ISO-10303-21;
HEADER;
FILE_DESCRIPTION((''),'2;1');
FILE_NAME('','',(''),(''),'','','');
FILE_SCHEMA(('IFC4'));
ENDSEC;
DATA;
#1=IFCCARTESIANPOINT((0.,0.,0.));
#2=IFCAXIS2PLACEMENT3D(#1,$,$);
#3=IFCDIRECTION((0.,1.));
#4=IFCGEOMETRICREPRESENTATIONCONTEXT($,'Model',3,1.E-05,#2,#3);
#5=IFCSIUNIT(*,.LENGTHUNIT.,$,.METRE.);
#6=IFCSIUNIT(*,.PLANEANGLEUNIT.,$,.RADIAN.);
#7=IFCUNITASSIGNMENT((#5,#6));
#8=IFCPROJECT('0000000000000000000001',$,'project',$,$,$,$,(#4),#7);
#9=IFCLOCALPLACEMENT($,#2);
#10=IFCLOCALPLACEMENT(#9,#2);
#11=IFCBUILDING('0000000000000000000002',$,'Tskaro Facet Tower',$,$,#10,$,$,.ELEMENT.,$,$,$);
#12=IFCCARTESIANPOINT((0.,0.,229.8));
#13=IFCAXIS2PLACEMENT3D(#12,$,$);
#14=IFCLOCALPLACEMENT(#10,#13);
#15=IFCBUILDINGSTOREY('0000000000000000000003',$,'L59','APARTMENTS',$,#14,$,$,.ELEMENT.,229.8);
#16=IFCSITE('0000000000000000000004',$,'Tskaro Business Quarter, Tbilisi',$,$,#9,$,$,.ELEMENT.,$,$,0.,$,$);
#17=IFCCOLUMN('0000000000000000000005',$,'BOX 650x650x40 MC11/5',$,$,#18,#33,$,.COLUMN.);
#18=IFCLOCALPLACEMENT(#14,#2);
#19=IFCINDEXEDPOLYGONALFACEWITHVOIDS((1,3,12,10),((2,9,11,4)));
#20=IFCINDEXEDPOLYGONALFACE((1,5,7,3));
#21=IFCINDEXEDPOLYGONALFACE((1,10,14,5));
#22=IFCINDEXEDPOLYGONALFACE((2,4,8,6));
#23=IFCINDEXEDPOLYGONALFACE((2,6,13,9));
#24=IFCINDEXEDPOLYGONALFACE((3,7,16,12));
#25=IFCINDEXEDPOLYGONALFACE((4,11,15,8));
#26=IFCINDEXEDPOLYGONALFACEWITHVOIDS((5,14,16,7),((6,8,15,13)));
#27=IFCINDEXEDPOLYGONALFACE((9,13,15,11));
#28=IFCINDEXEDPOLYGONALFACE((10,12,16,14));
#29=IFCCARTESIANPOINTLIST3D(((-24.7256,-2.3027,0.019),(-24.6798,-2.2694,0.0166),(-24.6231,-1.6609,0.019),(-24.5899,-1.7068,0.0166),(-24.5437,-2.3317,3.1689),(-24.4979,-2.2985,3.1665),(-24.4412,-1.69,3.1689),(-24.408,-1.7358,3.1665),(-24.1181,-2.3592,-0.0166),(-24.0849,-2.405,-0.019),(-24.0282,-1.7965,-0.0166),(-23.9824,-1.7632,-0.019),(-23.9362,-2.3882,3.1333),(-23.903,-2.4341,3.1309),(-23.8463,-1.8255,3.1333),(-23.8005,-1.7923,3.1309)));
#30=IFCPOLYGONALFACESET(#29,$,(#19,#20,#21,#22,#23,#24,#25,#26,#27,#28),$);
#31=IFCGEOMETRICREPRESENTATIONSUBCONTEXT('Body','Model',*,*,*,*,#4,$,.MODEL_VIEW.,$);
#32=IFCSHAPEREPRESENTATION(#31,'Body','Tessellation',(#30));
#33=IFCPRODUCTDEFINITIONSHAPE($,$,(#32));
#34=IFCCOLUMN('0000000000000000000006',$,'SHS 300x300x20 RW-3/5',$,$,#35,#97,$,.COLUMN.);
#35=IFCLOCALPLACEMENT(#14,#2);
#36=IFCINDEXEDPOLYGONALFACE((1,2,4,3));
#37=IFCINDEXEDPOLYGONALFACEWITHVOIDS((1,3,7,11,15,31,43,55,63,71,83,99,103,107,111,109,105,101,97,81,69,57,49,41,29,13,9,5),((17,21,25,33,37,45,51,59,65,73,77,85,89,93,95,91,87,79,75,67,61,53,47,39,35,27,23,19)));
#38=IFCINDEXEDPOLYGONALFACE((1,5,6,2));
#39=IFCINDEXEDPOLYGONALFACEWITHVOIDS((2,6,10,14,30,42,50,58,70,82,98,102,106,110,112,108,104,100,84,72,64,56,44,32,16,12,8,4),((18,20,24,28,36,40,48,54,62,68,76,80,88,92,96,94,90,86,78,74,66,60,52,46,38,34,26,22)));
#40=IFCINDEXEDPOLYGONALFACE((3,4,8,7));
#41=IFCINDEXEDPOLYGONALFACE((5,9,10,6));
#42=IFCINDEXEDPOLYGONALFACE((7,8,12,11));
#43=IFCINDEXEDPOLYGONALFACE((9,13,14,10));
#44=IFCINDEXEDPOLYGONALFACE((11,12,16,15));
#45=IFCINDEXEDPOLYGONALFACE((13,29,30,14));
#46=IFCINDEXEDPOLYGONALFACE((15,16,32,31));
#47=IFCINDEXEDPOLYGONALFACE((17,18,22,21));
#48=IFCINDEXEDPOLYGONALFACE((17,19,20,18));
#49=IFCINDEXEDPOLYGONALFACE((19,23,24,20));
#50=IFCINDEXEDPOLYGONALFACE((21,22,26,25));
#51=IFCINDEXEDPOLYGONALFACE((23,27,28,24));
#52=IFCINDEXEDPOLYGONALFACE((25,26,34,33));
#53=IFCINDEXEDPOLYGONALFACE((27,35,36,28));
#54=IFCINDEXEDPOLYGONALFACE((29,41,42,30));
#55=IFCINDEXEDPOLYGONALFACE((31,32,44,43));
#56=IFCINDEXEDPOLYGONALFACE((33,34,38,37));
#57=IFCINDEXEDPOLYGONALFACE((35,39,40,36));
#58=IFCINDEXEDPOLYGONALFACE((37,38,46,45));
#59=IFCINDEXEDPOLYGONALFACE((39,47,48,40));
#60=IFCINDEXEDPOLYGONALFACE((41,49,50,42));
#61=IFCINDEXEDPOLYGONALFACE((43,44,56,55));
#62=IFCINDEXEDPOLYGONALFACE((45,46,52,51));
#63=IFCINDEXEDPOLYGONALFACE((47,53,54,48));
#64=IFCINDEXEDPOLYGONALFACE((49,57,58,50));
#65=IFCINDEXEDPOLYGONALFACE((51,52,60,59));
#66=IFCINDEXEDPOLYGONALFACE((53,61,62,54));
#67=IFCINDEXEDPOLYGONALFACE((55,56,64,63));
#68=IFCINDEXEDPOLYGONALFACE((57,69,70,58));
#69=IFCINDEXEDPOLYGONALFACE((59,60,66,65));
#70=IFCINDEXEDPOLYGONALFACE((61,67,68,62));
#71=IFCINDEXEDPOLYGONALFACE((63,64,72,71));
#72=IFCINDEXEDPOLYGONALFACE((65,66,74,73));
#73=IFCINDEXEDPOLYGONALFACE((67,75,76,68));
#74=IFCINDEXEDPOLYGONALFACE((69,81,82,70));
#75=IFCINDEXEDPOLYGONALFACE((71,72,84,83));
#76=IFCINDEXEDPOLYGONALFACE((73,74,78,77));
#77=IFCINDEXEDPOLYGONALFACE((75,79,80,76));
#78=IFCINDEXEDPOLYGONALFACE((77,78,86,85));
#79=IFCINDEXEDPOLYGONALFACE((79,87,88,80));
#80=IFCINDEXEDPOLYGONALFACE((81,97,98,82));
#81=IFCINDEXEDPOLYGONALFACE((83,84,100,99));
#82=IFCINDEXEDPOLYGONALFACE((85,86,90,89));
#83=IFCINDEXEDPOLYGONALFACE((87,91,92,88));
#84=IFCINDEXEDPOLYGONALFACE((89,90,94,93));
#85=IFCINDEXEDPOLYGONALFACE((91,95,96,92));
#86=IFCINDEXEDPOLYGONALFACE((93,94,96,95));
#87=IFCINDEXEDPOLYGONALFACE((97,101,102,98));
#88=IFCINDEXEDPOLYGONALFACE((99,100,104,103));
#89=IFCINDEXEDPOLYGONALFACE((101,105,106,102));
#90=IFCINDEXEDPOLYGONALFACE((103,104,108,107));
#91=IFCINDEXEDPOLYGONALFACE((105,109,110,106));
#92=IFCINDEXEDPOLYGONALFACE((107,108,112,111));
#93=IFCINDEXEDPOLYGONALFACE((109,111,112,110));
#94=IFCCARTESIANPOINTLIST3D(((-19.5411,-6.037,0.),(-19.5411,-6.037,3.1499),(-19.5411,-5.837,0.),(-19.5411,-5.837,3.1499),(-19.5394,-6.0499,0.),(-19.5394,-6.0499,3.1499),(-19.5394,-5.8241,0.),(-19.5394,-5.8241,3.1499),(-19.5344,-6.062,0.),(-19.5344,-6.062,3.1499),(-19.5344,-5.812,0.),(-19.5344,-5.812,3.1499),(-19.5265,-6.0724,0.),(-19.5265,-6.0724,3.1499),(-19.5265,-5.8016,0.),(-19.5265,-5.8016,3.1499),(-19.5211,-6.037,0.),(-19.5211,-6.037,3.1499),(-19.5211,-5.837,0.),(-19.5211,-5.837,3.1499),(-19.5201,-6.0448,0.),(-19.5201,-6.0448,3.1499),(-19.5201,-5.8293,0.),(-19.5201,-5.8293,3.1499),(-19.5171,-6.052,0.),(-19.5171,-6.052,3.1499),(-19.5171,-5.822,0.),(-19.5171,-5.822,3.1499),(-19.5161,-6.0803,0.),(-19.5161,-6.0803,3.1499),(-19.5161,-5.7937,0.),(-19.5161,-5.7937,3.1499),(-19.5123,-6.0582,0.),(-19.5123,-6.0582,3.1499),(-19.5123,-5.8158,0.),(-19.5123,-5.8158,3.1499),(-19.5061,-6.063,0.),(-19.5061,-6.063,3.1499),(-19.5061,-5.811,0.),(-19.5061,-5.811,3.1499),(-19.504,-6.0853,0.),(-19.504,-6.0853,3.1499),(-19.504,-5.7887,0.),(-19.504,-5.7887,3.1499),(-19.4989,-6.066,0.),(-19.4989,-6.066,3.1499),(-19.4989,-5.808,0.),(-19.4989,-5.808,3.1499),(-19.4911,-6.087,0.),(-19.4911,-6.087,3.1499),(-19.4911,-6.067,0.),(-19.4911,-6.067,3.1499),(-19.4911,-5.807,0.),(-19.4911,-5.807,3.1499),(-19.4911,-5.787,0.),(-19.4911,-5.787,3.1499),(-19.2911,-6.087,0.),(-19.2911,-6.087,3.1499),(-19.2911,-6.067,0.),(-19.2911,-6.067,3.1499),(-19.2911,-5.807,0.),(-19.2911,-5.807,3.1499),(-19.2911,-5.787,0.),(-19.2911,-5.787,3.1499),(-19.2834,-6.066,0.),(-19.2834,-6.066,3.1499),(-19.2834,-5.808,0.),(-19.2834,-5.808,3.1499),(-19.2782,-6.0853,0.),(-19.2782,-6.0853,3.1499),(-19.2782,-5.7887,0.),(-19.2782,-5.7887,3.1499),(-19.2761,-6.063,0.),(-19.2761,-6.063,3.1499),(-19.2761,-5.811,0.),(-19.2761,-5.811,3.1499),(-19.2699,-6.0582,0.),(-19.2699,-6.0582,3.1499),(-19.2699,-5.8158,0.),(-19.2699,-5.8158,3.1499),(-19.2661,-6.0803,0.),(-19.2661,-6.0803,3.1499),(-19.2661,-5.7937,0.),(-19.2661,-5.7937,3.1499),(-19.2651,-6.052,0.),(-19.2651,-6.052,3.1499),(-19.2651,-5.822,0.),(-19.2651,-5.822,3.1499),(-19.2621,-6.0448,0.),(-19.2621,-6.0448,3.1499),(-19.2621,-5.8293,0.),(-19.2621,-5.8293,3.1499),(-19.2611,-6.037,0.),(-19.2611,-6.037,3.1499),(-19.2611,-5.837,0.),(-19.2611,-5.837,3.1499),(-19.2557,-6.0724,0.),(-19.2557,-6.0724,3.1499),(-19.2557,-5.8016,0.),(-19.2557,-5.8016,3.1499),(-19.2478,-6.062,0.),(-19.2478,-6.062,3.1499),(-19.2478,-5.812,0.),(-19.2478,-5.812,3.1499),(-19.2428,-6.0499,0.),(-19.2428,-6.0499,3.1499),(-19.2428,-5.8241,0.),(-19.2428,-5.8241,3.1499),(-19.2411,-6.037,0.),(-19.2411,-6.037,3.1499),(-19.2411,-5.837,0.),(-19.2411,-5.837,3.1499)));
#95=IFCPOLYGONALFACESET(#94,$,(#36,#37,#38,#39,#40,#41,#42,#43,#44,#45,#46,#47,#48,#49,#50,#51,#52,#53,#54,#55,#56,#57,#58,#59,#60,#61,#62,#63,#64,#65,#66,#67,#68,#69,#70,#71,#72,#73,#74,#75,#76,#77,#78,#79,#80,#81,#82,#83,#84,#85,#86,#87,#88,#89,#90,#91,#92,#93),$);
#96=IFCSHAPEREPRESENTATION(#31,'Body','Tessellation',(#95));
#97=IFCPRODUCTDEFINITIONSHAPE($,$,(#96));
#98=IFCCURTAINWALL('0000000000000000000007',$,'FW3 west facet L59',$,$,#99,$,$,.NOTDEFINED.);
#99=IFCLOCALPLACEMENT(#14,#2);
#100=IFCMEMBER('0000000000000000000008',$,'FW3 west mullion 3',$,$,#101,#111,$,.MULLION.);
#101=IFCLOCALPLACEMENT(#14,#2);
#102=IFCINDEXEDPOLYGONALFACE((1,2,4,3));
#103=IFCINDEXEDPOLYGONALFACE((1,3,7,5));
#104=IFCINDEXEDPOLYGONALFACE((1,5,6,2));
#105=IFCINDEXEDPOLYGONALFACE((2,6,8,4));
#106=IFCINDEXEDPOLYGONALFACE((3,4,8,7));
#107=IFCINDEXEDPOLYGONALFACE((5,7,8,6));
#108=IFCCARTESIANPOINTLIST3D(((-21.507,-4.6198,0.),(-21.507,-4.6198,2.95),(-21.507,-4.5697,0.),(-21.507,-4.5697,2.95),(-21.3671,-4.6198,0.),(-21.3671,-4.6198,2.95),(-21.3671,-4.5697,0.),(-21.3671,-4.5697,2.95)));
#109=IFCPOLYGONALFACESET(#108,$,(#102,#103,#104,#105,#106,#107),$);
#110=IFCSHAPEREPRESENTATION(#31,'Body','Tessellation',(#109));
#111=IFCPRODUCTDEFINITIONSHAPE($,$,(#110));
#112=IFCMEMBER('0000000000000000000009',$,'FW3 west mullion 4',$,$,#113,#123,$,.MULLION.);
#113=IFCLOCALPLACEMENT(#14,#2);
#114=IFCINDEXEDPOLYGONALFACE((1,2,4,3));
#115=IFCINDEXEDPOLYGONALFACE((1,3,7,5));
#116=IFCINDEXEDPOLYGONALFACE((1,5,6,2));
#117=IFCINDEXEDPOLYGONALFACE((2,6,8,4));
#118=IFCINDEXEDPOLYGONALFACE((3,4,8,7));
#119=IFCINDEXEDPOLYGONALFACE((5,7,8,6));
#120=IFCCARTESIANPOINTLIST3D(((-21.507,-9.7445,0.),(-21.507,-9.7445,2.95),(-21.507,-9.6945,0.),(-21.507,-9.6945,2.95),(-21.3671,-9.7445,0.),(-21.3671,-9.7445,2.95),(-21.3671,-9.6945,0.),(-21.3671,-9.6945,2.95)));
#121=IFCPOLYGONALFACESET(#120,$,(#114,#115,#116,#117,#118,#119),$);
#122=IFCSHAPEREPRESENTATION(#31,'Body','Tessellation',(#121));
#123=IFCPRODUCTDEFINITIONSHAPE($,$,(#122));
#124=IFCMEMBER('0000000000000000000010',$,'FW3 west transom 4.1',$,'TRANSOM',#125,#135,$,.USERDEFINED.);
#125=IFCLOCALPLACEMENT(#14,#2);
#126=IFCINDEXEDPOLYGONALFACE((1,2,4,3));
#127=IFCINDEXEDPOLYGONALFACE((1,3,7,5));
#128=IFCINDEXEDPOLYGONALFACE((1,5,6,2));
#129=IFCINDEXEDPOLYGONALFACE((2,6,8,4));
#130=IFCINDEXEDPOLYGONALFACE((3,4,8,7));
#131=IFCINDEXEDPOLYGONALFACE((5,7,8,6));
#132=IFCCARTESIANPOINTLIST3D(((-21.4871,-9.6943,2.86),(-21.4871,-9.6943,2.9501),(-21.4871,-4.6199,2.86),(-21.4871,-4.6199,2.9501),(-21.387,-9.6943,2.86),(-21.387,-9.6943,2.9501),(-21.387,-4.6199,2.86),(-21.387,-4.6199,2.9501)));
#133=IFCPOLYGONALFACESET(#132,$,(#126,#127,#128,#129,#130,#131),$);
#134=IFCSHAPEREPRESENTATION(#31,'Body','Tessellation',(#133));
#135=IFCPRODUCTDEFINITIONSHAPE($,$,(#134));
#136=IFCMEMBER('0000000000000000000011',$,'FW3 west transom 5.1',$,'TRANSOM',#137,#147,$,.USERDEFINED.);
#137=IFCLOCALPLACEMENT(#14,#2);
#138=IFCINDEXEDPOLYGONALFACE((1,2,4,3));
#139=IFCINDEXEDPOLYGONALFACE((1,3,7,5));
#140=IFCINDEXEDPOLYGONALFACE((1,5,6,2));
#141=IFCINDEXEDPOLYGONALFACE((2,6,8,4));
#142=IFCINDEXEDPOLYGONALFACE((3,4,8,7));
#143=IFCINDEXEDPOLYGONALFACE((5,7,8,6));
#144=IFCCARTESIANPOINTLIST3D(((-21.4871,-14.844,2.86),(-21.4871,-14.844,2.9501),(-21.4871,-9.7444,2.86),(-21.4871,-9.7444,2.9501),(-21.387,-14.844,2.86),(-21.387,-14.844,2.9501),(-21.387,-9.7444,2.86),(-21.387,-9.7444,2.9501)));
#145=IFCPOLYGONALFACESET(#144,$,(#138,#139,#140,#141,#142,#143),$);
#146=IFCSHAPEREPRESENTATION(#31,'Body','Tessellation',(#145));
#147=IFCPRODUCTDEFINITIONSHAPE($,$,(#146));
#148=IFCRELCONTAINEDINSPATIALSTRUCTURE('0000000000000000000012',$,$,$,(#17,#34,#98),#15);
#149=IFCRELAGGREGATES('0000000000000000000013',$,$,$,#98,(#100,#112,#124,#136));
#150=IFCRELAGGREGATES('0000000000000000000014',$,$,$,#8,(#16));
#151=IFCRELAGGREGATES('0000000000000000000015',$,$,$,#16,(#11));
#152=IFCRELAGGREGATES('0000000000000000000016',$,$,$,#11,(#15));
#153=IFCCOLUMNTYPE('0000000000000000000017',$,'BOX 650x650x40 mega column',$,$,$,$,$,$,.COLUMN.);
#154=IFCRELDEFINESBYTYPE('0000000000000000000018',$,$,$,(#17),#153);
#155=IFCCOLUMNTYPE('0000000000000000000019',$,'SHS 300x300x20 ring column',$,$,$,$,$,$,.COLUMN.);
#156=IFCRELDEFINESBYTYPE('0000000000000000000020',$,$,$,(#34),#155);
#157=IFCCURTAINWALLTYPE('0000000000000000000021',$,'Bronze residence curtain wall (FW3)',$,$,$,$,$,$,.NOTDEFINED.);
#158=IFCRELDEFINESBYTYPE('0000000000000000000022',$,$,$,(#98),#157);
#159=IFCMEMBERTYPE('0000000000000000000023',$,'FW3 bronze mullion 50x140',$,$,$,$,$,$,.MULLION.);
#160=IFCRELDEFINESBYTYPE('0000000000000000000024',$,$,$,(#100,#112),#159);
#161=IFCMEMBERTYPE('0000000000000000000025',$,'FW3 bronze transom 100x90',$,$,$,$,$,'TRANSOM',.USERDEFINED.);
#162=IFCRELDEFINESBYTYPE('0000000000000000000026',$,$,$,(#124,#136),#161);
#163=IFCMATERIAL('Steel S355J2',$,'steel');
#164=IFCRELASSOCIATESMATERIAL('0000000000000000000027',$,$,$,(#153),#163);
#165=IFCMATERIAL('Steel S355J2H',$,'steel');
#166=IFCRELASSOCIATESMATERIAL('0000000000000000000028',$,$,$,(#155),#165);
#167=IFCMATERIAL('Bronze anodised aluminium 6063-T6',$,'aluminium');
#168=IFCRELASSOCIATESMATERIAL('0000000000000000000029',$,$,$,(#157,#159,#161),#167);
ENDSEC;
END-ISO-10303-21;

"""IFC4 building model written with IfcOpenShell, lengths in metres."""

from ifc_helpers import new_model, si_unit, direction, frame, origin, origin_2d, place, context, subcontext, project, spatial, rectangle, hollow_rectangle, extrude, material, material_profile, profile_set, type_object, element, aggregate, save


model = new_model("IFC4")

# Units and contexts
model_context = context("Model", 3, precision=1e-05, world=origin(), true_north=direction((0.0, 1.0)))
body_context = subcontext(model_context, "Body", "Model", "MODEL_VIEW")
ifc_project = project(units=[si_unit("LENGTHUNIT", "METRE"), si_unit("PLANEANGLEUNIT", "RADIAN")], contexts=[model_context])

# Site, building, storey
site_placement = place(None, origin())
site = spatial("IfcSite", under=ifc_project, at=site_placement, Name="Tskaro Business Quarter, Tbilisi", CompositionType="ELEMENT", RefElevation=0.0)
building_placement = place(site_placement, origin())
building = spatial("IfcBuilding", under=site, at=building_placement, Name="Tskaro Facet Tower", CompositionType="ELEMENT")
storey_placement = place(building_placement, frame((0.0, 0.0, 229.8)))
storey = spatial("IfcBuildingStorey", under=building, at=storey_placement, Name="L59", Description="APARTMENTS", CompositionType="ELEMENT", Elevation=229.8)

# Columns
ifc_material_1 = material(Name="Steel S355J2", Category="steel")
ifc_material_profile_1 = material_profile(ifc_material_1, hollow_rectangle(XDim=0.6499, YDim=0.6499, WallThickness=0.04, at=origin_2d()), Name="BOX 650x650x40")
ifc_profile_set_1 = profile_set([ifc_material_profile_1], Name="Steel S355J2")
column_type_1 = type_object("IfcColumnType", Name="BOX 650x650x40 mega column", PredefinedType="COLUMN", material=ifc_profile_set_1)
column_1_placement = place(storey_placement, frame((-24.354, -2.033, 0.0), z_axis=(0.057645, -0.009208, 0.998295), x_axis=(0.157732, 0.987482, 0.0)))
element("IfcColumn", 1, at=column_1_placement, inside=storey, type_object=column_type_1, Name="BOX 650x650x40 MC11/5", PredefinedType="COLUMN", context=body_context, shape_type="SweptSolid", body=[
    extrude(hollow_rectangle(XDim=0.6499, YDim=0.6499, WallThickness=0.04, at=origin_2d()), origin(), (0.0, 0.0, 1.0), 3.1553),
])
ifc_material_2 = material(Name="Steel S355J2H", Category="steel")
ifc_material_profile_2 = material_profile(ifc_material_2, hollow_rectangle(XDim=0.3, YDim=0.3, WallThickness=0.02, InnerFilletRadius=0.03, OuterFilletRadius=0.05, at=origin_2d()), Name="SHS 300x300x20")
ifc_profile_set_2 = profile_set([ifc_material_profile_2], Name="Steel S355J2H")
column_type_2 = type_object("IfcColumnType", Name="SHS 300x300x20 ring column", PredefinedType="COLUMN", material=ifc_profile_set_2)
column_2_placement = place(storey_placement, frame((-19.3911, -5.937, 0.0), z_axis=(0.0, 0.0, 1.0), x_axis=(1.0, 0.0, 0.0)))
element("IfcColumn", 2, at=column_2_placement, inside=storey, type_object=column_type_2, Name="SHS 300x300x20 RW-3/5", PredefinedType="COLUMN", context=body_context, shape_type="SweptSolid", body=[
    extrude(hollow_rectangle(XDim=0.3, YDim=0.3, WallThickness=0.02, InnerFilletRadius=0.03, OuterFilletRadius=0.05, at=origin_2d()), origin(), (0.0, 0.0, 1.0), 3.1499),
])

# Curtain wall, members
ifc_material_3 = material(Name="Bronze anodised aluminium 6063-T6", Category="aluminium")
curtain_wall_type = type_object("IfcCurtainWallType", Name="Bronze residence curtain wall (FW3)", PredefinedType="NOTDEFINED", material=ifc_material_3)
curtain_wall_placement = place(storey_placement, origin())
curtain_wall = element("IfcCurtainWall", 3, at=curtain_wall_placement, inside=storey, type_object=curtain_wall_type, Name="FW3 west facet L59", PredefinedType="NOTDEFINED")
ifc_material_profile_3 = material_profile(ifc_material_3, rectangle(XDim=0.05, YDim=0.1399, at=origin_2d()), Name="Mullion 50x140")
ifc_profile_set_3 = profile_set([ifc_material_profile_3], Name="Bronze anodised aluminium 6063-T6")
member_type_1 = type_object("IfcMemberType", Name="FW3 bronze mullion 50x140", PredefinedType="MULLION", material=ifc_profile_set_3)
member_1_placement = place(storey_placement, frame((-21.437, -4.5947, 0.0), z_axis=(0.0, 0.0, 1.0), x_axis=(0.0, -1.0, 0.0)))
member_1 = element("IfcMember", 4, at=member_1_placement, type_object=member_type_1, Name="FW3 west mullion 3", PredefinedType="MULLION", context=body_context, shape_type="SweptSolid", body=[
    extrude(rectangle(XDim=0.05, YDim=0.1399, at=origin_2d()), origin(), (0.0, 0.0, 1.0), 2.95),
])
member_2_placement = place(storey_placement, frame((-21.437, -9.7195, 0.0), z_axis=(0.0, 0.0, 1.0), x_axis=(0.0, -1.0, 0.0)))
member_2 = element("IfcMember", 5, at=member_2_placement, type_object=member_type_1, Name="FW3 west mullion 4", PredefinedType="MULLION", context=body_context, shape_type="SweptSolid", body=[
    extrude(rectangle(XDim=0.05, YDim=0.1399, at=origin_2d()), origin(), (0.0, 0.0, 1.0), 2.95),
])
ifc_material_profile_4 = material_profile(ifc_material_3, rectangle(XDim=0.1001, YDim=0.0901, at=origin_2d()), Name="Transom 100x90")
ifc_profile_set_4 = profile_set([ifc_material_profile_4], Name="Bronze anodised aluminium 6063-T6")
member_type_2 = type_object("IfcMemberType", Name="FW3 bronze transom 100x90", ElementType="TRANSOM", PredefinedType="USERDEFINED", material=ifc_profile_set_4)
member_3_placement = place(storey_placement, frame((-21.437, -4.6199, 2.905), z_axis=(0.0, -1.0, 0.0), x_axis=(1.0, 0.0, 0.0)))
member_3 = element("IfcMember", 6, at=member_3_placement, type_object=member_type_2, Name="FW3 west transom 4.1", ObjectType="TRANSOM", PredefinedType="USERDEFINED", context=body_context, shape_type="SweptSolid", body=[
    extrude(rectangle(XDim=0.1001, YDim=0.0901, at=origin_2d()), origin(), (0.0, 0.0, 1.0), 5.0745),
])
member_4_placement = place(storey_placement, frame((-21.437, -9.7444, 2.905), z_axis=(0.0, -1.0, 0.0), x_axis=(1.0, 0.0, 0.0)))
member_4 = element("IfcMember", 7, at=member_4_placement, type_object=member_type_2, Name="FW3 west transom 5.1", ObjectType="TRANSOM", PredefinedType="USERDEFINED", context=body_context, shape_type="SweptSolid", body=[
    extrude(rectangle(XDim=0.1001, YDim=0.0901, at=origin_2d()), origin(), (0.0, 0.0, 1.0), 5.0996),
])

aggregate(curtain_wall, [member_1, member_2, member_3, member_4])

save(model, "model.ifc")
